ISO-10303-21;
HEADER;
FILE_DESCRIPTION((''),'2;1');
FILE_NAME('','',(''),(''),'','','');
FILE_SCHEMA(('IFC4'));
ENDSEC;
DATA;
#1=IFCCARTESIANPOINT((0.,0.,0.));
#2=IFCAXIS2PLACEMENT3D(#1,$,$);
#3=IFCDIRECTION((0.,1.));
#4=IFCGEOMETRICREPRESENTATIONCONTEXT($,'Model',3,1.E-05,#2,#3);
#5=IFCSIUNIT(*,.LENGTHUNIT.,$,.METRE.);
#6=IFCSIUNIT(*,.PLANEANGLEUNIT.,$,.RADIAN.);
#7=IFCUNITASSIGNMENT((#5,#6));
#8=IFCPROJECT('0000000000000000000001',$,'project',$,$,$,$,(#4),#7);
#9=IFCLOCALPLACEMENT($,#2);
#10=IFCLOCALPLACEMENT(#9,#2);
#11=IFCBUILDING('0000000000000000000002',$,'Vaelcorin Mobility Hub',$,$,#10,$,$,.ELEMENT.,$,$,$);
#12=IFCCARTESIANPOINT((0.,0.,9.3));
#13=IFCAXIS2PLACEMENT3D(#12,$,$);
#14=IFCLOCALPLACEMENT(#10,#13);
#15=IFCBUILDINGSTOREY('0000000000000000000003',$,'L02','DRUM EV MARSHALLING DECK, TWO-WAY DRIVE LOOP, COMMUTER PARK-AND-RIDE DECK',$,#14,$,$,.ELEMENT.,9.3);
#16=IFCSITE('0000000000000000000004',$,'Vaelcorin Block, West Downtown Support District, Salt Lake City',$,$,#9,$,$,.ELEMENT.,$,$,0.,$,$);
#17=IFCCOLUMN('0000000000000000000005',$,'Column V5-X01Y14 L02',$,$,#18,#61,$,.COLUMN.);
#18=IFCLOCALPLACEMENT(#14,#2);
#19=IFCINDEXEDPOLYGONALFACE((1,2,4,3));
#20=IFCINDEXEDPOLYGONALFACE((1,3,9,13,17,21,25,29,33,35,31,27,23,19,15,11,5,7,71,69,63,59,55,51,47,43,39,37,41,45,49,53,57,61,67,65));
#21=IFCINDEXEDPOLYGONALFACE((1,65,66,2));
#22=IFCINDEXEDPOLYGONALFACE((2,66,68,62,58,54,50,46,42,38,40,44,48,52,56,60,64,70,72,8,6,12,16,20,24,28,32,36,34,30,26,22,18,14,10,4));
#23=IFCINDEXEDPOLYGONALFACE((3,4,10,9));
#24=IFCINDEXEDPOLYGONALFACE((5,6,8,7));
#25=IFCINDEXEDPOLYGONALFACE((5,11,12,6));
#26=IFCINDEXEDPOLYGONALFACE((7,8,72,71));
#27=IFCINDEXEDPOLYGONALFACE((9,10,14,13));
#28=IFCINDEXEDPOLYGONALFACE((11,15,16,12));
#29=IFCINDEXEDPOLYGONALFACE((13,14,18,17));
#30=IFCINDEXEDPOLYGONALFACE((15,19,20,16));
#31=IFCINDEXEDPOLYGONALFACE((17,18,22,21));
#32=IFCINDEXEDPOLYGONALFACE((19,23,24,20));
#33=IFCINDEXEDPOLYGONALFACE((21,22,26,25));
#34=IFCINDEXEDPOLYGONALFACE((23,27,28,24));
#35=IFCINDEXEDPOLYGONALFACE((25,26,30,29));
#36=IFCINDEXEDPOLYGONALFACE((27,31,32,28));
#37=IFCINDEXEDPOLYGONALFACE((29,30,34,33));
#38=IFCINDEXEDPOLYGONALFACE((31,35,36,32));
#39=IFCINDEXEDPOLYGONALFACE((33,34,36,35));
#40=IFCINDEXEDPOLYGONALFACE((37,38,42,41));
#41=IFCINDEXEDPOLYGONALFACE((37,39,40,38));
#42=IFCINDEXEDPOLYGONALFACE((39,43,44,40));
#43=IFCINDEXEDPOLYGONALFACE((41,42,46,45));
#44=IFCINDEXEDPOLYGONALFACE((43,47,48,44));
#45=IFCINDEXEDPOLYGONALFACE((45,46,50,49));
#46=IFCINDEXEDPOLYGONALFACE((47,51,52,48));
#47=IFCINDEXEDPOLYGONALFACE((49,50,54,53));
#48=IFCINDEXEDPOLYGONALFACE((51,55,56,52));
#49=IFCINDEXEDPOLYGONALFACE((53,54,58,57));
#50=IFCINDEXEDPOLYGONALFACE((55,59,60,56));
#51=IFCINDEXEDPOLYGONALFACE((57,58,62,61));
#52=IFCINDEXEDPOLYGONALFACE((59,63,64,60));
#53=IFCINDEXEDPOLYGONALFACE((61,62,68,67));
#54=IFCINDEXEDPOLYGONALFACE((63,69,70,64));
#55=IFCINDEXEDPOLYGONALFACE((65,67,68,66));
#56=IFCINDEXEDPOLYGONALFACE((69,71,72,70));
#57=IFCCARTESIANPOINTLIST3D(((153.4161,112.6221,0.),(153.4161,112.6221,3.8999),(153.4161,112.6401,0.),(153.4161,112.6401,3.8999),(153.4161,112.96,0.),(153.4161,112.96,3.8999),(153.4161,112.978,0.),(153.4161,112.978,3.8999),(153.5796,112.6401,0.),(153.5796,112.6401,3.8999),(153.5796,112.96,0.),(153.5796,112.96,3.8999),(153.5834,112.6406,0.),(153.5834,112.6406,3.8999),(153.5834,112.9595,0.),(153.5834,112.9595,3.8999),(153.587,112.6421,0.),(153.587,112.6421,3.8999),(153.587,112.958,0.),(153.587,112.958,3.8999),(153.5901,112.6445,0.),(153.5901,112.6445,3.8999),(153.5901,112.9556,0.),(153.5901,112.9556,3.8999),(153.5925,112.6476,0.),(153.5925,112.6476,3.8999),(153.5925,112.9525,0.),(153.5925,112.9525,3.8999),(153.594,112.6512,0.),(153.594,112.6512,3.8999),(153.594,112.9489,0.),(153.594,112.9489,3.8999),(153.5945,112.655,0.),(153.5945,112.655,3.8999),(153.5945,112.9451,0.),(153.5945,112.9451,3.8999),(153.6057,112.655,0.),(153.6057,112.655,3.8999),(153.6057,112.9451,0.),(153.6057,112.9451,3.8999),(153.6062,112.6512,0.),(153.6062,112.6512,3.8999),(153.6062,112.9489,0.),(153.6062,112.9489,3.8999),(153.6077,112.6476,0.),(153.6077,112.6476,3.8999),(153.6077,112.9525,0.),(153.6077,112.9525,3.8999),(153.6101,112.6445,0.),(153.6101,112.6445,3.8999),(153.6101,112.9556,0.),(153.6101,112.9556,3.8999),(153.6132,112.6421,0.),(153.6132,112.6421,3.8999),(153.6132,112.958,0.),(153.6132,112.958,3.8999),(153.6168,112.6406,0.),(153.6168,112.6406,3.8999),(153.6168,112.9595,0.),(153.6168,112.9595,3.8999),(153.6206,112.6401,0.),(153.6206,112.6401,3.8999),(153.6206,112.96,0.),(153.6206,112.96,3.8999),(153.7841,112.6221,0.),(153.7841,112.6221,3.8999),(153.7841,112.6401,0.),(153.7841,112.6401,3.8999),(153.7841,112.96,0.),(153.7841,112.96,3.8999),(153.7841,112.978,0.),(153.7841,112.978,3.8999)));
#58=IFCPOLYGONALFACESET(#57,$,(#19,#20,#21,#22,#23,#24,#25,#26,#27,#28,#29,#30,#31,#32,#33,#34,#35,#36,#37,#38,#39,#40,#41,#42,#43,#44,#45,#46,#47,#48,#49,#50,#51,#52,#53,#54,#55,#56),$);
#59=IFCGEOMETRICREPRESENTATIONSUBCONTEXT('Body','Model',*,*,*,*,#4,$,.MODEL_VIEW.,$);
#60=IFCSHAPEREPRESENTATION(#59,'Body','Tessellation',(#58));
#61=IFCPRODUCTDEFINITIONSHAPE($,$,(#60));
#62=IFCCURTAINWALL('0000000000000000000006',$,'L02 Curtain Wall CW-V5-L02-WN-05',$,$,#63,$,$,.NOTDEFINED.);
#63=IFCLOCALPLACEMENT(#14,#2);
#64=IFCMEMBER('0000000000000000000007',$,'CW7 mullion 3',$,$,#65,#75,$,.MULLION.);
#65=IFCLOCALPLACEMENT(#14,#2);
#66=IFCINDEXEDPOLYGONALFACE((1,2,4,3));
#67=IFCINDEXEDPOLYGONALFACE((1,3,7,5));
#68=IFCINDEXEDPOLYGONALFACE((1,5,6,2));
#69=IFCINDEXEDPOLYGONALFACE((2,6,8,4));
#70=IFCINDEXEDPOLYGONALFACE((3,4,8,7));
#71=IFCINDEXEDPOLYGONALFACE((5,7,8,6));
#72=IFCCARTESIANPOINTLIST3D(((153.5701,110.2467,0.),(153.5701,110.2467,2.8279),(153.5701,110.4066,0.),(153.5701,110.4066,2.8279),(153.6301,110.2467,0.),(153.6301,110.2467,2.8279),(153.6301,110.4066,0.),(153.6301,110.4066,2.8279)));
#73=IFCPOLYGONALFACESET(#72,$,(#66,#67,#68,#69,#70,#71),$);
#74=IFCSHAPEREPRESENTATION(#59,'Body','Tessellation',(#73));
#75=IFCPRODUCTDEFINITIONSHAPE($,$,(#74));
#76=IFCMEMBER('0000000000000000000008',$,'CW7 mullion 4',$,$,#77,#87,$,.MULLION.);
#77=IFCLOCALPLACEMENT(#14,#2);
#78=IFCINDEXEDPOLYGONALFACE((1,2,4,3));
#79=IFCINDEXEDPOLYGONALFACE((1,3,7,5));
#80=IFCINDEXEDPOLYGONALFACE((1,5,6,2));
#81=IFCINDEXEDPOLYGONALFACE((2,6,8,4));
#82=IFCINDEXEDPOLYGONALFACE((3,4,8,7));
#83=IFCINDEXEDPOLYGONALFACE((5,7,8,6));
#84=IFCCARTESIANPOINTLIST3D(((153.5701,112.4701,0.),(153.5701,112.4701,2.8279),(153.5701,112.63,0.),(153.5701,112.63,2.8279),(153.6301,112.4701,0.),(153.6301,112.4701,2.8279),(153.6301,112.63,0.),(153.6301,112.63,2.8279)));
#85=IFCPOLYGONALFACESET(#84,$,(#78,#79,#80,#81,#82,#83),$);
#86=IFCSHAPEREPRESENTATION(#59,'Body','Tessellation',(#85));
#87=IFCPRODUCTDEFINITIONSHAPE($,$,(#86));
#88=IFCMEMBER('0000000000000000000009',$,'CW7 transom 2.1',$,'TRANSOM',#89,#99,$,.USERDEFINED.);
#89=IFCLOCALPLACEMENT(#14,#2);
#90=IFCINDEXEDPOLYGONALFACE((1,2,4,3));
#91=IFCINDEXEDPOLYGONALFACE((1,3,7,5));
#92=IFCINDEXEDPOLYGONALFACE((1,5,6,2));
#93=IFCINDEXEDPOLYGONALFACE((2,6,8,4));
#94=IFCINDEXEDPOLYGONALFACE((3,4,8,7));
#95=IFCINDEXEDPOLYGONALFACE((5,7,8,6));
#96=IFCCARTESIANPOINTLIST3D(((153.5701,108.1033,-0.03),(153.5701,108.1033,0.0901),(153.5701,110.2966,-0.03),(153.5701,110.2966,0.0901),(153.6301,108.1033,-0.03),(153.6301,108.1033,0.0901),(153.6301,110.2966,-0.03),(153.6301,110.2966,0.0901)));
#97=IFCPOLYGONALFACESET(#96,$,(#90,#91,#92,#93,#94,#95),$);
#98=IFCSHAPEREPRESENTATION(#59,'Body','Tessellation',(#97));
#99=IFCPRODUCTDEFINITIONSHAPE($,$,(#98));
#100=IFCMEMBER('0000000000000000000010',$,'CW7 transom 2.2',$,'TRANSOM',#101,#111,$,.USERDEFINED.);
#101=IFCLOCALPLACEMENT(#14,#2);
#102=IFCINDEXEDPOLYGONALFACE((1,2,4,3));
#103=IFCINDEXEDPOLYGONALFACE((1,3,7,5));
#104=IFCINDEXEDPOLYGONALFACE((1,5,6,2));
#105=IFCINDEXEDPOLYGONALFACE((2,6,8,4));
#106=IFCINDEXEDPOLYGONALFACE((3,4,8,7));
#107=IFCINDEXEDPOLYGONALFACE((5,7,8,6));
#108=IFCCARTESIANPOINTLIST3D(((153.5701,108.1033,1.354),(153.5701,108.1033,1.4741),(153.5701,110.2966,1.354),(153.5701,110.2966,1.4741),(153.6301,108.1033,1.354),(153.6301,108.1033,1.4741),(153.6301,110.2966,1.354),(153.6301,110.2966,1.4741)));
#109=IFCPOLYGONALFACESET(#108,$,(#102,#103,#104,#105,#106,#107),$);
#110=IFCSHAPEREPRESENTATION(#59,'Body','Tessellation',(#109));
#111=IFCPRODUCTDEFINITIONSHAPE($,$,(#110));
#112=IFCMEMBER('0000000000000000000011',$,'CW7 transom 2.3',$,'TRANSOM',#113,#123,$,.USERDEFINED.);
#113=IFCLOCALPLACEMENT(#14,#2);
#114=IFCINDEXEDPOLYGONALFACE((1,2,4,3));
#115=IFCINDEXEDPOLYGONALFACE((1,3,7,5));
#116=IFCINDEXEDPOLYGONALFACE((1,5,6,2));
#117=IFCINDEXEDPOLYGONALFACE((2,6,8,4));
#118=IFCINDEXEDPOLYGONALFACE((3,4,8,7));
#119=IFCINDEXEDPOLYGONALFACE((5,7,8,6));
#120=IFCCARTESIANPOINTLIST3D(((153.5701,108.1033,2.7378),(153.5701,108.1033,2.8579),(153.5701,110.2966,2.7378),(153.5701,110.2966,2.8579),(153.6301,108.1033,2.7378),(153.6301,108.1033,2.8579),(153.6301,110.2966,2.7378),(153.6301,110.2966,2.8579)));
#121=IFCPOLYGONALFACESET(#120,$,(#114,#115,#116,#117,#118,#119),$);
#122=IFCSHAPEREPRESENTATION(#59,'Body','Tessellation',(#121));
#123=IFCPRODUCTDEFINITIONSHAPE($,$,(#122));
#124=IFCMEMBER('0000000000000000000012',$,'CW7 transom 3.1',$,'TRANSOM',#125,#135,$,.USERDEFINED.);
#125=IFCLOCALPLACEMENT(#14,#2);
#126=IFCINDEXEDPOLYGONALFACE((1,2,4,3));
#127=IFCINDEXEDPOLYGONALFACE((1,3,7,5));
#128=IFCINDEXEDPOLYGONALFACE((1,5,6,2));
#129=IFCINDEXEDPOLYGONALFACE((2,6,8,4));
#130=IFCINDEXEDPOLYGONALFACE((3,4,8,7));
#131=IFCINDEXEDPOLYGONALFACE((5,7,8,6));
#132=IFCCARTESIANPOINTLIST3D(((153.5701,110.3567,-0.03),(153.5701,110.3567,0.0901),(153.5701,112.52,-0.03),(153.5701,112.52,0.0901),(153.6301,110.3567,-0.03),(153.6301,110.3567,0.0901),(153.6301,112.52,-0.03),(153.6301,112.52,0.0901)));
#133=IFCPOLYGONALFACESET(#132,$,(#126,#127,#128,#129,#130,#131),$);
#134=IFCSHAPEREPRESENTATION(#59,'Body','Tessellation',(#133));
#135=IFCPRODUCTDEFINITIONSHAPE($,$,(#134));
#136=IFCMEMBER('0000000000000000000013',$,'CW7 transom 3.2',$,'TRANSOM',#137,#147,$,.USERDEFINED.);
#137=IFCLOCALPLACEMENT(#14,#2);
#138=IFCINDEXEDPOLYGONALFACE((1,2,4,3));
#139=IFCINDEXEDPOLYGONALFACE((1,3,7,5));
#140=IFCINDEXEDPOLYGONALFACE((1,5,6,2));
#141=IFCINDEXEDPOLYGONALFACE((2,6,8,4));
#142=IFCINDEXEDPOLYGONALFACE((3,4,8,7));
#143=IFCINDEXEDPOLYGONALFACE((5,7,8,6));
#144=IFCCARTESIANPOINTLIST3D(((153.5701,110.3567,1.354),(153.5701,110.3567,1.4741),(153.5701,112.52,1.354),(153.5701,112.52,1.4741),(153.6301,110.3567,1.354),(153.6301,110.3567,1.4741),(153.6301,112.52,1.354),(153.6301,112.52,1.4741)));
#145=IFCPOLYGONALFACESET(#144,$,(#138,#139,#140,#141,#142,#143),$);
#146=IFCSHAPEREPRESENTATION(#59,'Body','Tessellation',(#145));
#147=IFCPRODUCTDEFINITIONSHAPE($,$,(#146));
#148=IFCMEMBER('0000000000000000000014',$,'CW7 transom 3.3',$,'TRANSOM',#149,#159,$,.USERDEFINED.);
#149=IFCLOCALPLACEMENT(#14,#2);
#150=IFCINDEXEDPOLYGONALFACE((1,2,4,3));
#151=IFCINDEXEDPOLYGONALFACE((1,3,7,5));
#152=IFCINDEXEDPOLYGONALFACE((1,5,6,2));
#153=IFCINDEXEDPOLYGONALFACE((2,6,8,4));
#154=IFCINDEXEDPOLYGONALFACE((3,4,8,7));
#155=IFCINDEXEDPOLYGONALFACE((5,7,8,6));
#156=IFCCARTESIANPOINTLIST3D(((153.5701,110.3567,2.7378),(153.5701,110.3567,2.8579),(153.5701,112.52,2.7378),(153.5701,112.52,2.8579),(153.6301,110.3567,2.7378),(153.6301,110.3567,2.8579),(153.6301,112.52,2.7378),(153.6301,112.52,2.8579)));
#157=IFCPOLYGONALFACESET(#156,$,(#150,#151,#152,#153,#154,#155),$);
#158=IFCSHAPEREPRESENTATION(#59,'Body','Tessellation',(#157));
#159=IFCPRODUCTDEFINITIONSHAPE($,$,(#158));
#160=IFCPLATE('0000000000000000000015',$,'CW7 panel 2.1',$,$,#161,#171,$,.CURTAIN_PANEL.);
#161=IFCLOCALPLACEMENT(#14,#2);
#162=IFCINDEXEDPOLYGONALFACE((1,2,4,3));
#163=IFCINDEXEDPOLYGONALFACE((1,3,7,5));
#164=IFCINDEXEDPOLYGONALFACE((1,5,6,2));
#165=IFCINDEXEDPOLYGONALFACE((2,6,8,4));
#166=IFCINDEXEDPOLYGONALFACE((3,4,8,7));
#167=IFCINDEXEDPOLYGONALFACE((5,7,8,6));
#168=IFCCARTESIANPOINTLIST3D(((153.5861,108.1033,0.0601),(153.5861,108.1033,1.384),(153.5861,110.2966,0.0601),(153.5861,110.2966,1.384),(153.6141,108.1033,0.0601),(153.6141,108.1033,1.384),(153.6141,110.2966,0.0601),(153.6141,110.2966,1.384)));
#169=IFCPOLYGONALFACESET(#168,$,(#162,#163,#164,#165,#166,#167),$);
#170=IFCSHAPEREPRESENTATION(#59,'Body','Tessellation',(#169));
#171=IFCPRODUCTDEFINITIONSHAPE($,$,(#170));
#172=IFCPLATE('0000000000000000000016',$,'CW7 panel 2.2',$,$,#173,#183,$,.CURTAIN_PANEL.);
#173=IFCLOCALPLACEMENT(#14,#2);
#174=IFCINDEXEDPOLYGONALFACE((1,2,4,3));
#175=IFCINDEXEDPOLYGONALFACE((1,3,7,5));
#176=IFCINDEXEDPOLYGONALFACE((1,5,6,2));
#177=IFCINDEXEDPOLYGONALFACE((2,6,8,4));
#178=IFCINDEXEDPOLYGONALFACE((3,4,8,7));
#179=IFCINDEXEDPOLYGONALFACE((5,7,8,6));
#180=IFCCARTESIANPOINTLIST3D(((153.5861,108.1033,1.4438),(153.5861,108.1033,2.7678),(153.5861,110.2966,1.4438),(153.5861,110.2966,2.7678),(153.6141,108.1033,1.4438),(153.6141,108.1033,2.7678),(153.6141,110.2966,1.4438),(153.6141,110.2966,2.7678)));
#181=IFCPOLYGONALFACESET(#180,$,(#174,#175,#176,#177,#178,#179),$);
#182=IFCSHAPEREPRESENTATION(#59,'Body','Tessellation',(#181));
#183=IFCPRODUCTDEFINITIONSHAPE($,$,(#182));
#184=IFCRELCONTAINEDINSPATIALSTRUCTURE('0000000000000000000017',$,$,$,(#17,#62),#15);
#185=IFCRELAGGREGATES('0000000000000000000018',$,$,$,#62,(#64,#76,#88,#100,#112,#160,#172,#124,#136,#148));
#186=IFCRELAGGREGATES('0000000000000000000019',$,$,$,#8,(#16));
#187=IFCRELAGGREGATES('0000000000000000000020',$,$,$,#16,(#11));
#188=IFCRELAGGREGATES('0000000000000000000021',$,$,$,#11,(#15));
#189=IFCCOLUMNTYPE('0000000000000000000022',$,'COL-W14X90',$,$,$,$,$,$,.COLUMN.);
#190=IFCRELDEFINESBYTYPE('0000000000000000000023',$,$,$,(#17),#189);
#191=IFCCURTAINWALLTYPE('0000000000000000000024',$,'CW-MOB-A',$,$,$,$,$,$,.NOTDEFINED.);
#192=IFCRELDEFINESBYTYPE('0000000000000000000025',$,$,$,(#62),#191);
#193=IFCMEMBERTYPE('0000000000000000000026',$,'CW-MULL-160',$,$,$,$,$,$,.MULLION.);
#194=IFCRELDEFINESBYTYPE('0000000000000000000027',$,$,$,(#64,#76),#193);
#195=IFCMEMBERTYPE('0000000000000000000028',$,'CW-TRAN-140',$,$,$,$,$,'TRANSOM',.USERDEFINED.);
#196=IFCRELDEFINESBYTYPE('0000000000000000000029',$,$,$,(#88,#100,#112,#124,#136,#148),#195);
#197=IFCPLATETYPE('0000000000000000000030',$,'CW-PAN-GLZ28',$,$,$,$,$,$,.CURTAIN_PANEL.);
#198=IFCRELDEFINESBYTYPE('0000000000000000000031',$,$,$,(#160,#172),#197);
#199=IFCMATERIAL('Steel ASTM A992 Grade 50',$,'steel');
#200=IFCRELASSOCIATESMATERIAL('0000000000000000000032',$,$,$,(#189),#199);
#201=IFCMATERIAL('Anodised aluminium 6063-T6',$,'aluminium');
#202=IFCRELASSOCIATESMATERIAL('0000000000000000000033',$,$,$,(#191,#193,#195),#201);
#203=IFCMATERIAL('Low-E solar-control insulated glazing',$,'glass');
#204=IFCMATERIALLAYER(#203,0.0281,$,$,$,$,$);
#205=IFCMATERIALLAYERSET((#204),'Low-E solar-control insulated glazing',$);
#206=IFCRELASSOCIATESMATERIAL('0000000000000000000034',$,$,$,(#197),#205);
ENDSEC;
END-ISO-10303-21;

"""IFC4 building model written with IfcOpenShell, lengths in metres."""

from ifc_helpers import new_model, si_unit, direction, frame, origin, origin_2d, place, context, subcontext, project, spatial, rectangle, i_section, extrude, material, layer, layer_set, material_profile, profile_set, type_object, element, aggregate, save


model = new_model("IFC4")

# Units and contexts
model_context = context("Model", 3, precision=1e-05, world=origin(), true_north=direction((0.0, 1.0)))
body_context = subcontext(model_context, "Body", "Model", "MODEL_VIEW")
ifc_project = project(units=[si_unit("LENGTHUNIT", "METRE"), si_unit("PLANEANGLEUNIT", "RADIAN")], contexts=[model_context])

# Site, building, storey
site_placement = place(None, origin())
site = spatial("IfcSite", under=ifc_project, at=site_placement, Name="Vaelcorin Block, West Downtown Support District, Salt Lake City", CompositionType="ELEMENT", RefElevation=0.0)
building_placement = place(site_placement, origin())
building = spatial("IfcBuilding", under=site, at=building_placement, Name="Vaelcorin Mobility Hub", CompositionType="ELEMENT")
storey_placement = place(building_placement, frame((0.0, 0.0, 9.3)))
storey = spatial("IfcBuildingStorey", under=building, at=storey_placement, Name="L02", Description="DRUM EV MARSHALLING DECK, TWO-WAY DRIVE LOOP, COMMUTER PARK-AND-RIDE DECK", CompositionType="ELEMENT", Elevation=9.3)

# Column
ifc_material_1 = material(Name="Steel ASTM A992 Grade 50", Category="steel")
ifc_material_profile_1 = material_profile(ifc_material_1, i_section(OverallWidth=0.3679, OverallDepth=0.356, WebThickness=0.0112, FlangeThickness=0.0181, FilletRadius=0.0149, at=origin_2d()), Name="W14X90")
ifc_profile_set_1 = profile_set([ifc_material_profile_1], Name="Steel ASTM A992 Grade 50")
column_type = type_object("IfcColumnType", Name="COL-W14X90", PredefinedType="COLUMN", material=ifc_profile_set_1)
column_placement = place(storey_placement, frame((153.6001, 112.8, 0.0), z_axis=(0.0, 0.0, 1.0), x_axis=(1.0, 0.0, 0.0)))
element("IfcColumn", 1, at=column_placement, inside=storey, type_object=column_type, Name="Column V5-X01Y14 L02", PredefinedType="COLUMN", context=body_context, shape_type="SweptSolid", body=[
    extrude(i_section(OverallWidth=0.3679, OverallDepth=0.356, WebThickness=0.0112, FlangeThickness=0.0181, FilletRadius=0.0149, at=origin_2d()), origin(), (0.0, 0.0, 1.0), 3.8999),
])

# Curtain wall, members, plates
ifc_material_2 = material(Name="Anodised aluminium 6063-T6", Category="aluminium")
curtain_wall_type = type_object("IfcCurtainWallType", Name="CW-MOB-A", PredefinedType="NOTDEFINED", material=ifc_material_2)
curtain_wall_placement = place(storey_placement, origin())
curtain_wall = element("IfcCurtainWall", 2, at=curtain_wall_placement, inside=storey, type_object=curtain_wall_type, Name="L02 Curtain Wall CW-V5-L02-WN-05", PredefinedType="NOTDEFINED")
ifc_material_profile_2 = material_profile(ifc_material_2, rectangle(XDim=0.0601, YDim=0.1599, at=origin_2d()), Name="ALU-M60X160")
ifc_profile_set_2 = profile_set([ifc_material_profile_2], Name="Anodised aluminium 6063-T6")
member_type_1 = type_object("IfcMemberType", Name="CW-MULL-160", PredefinedType="MULLION", material=ifc_profile_set_2)
member_1_placement = place(storey_placement, frame((153.6001, 110.3267, 0.0), z_axis=(0.0, 0.0, 1.0), x_axis=(-1.0, 0.0, 0.0)))
member_1 = element("IfcMember", 3, at=member_1_placement, type_object=member_type_1, Name="CW7 mullion 3", PredefinedType="MULLION", context=body_context, shape_type="SweptSolid", body=[
    extrude(rectangle(XDim=0.0601, YDim=0.1599, at=origin_2d()), origin(), (0.0, 0.0, 1.0), 2.8279),
])
member_2_placement = place(storey_placement, frame((153.6001, 112.55, 0.0), z_axis=(0.0, 0.0, 1.0), x_axis=(-1.0, 0.0, 0.0)))
member_2 = element("IfcMember", 4, at=member_2_placement, type_object=member_type_1, Name="CW7 mullion 4", PredefinedType="MULLION", context=body_context, shape_type="SweptSolid", body=[
    extrude(rectangle(XDim=0.0601, YDim=0.1599, at=origin_2d()), origin(), (0.0, 0.0, 1.0), 2.8279),
])
ifc_material_profile_3 = material_profile(ifc_material_2, rectangle(XDim=0.0601, YDim=0.1201, at=origin_2d()), Name="ALU-T60X120")
ifc_profile_set_3 = profile_set([ifc_material_profile_3], Name="Anodised aluminium 6063-T6")
member_type_2 = type_object("IfcMemberType", Name="CW-TRAN-140", ElementType="TRANSOM", PredefinedType="USERDEFINED", material=ifc_profile_set_3)
member_3_placement = place(storey_placement, frame((153.6001, 108.1033, 0.03), z_axis=(0.0, 1.0, 0.0), x_axis=(-1.0, 0.0, 0.0)))
member_3 = element("IfcMember", 5, at=member_3_placement, type_object=member_type_2, Name="CW7 transom 2.1", ObjectType="TRANSOM", PredefinedType="USERDEFINED", context=body_context, shape_type="SweptSolid", body=[
    extrude(rectangle(XDim=0.0601, YDim=0.1201, at=origin_2d()), origin(), (0.0, 0.0, 1.0), 2.1934),
])
member_4_placement = place(storey_placement, frame((153.6001, 108.1033, 1.4141), z_axis=(0.0, 1.0, 0.0), x_axis=(-1.0, 0.0, 0.0)))
member_4 = element("IfcMember", 6, at=member_4_placement, type_object=member_type_2, Name="CW7 transom 2.2", ObjectType="TRANSOM", PredefinedType="USERDEFINED", context=body_context, shape_type="SweptSolid", body=[
    extrude(rectangle(XDim=0.0601, YDim=0.1201, at=origin_2d()), origin(), (0.0, 0.0, 1.0), 2.1934),
])
member_5_placement = place(storey_placement, frame((153.6001, 108.1033, 2.7979), z_axis=(0.0, 1.0, 0.0), x_axis=(-1.0, 0.0, 0.0)))
member_5 = element("IfcMember", 7, at=member_5_placement, type_object=member_type_2, Name="CW7 transom 2.3", ObjectType="TRANSOM", PredefinedType="USERDEFINED", context=body_context, shape_type="SweptSolid", body=[
    extrude(rectangle(XDim=0.0601, YDim=0.1201, at=origin_2d()), origin(), (0.0, 0.0, 1.0), 2.1934),
])
member_6_placement = place(storey_placement, frame((153.6001, 110.3567, 0.03), z_axis=(0.0, 1.0, 0.0), x_axis=(-1.0, 0.0, 0.0)))
member_6 = element("IfcMember", 8, at=member_6_placement, type_object=member_type_2, Name="CW7 transom 3.1", ObjectType="TRANSOM", PredefinedType="USERDEFINED", context=body_context, shape_type="SweptSolid", body=[
    extrude(rectangle(XDim=0.0601, YDim=0.1201, at=origin_2d()), origin(), (0.0, 0.0, 1.0), 2.1633),
])
member_7_placement = place(storey_placement, frame((153.6001, 110.3567, 1.4141), z_axis=(0.0, 1.0, 0.0), x_axis=(-1.0, 0.0, 0.0)))
member_7 = element("IfcMember", 9, at=member_7_placement, type_object=member_type_2, Name="CW7 transom 3.2", ObjectType="TRANSOM", PredefinedType="USERDEFINED", context=body_context, shape_type="SweptSolid", body=[
    extrude(rectangle(XDim=0.0601, YDim=0.1201, at=origin_2d()), origin(), (0.0, 0.0, 1.0), 2.1633),
])
member_8_placement = place(storey_placement, frame((153.6001, 110.3567, 2.7979), z_axis=(0.0, 1.0, 0.0), x_axis=(-1.0, 0.0, 0.0)))
member_8 = element("IfcMember", 10, at=member_8_placement, type_object=member_type_2, Name="CW7 transom 3.3", ObjectType="TRANSOM", PredefinedType="USERDEFINED", context=body_context, shape_type="SweptSolid", body=[
    extrude(rectangle(XDim=0.0601, YDim=0.1201, at=origin_2d()), origin(), (0.0, 0.0, 1.0), 2.1633),
])
ifc_material_3 = material(Name="Low-E solar-control insulated glazing", Category="glass")
ifc_layer_1 = layer(ifc_material_3, 0.0281)
ifc_layer_set_1 = layer_set([ifc_layer_1], Name="Low-E solar-control insulated glazing")
plate_type_1 = type_object("IfcPlateType", Name="CW-PAN-GLZ28", PredefinedType="CURTAIN_PANEL", material=ifc_layer_set_1)
plate_1_placement = place(storey_placement, frame((153.6001, 109.2, 0.0601), z_axis=(0.0, 0.0, 1.0), x_axis=(0.0, 1.0, 0.0)))
plate_1 = element("IfcPlate", 11, at=plate_1_placement, type_object=plate_type_1, Name="CW7 panel 2.1", PredefinedType="CURTAIN_PANEL", context=body_context, shape_type="SweptSolid", body=[
    extrude(rectangle(XDim=2.1934, YDim=0.0281, at=origin_2d()), origin(), (0.0, 0.0, 1.0), 1.324),
])
plate_2_placement = place(storey_placement, frame((153.6001, 109.2, 1.4438), z_axis=(0.0, 0.0, 1.0), x_axis=(0.0, 1.0, 0.0)))
plate_2 = element("IfcPlate", 12, at=plate_2_placement, type_object=plate_type_1, Name="CW7 panel 2.2", PredefinedType="CURTAIN_PANEL", context=body_context, shape_type="SweptSolid", body=[
    extrude(rectangle(XDim=2.1934, YDim=0.0281, at=origin_2d()), origin(), (0.0, 0.0, 1.0), 1.324),
])
aggregate(curtain_wall, [member_1, member_2, member_3, member_4, member_5, plate_1, plate_2, member_6, member_7, member_8])

save(model, "model.ifc")
